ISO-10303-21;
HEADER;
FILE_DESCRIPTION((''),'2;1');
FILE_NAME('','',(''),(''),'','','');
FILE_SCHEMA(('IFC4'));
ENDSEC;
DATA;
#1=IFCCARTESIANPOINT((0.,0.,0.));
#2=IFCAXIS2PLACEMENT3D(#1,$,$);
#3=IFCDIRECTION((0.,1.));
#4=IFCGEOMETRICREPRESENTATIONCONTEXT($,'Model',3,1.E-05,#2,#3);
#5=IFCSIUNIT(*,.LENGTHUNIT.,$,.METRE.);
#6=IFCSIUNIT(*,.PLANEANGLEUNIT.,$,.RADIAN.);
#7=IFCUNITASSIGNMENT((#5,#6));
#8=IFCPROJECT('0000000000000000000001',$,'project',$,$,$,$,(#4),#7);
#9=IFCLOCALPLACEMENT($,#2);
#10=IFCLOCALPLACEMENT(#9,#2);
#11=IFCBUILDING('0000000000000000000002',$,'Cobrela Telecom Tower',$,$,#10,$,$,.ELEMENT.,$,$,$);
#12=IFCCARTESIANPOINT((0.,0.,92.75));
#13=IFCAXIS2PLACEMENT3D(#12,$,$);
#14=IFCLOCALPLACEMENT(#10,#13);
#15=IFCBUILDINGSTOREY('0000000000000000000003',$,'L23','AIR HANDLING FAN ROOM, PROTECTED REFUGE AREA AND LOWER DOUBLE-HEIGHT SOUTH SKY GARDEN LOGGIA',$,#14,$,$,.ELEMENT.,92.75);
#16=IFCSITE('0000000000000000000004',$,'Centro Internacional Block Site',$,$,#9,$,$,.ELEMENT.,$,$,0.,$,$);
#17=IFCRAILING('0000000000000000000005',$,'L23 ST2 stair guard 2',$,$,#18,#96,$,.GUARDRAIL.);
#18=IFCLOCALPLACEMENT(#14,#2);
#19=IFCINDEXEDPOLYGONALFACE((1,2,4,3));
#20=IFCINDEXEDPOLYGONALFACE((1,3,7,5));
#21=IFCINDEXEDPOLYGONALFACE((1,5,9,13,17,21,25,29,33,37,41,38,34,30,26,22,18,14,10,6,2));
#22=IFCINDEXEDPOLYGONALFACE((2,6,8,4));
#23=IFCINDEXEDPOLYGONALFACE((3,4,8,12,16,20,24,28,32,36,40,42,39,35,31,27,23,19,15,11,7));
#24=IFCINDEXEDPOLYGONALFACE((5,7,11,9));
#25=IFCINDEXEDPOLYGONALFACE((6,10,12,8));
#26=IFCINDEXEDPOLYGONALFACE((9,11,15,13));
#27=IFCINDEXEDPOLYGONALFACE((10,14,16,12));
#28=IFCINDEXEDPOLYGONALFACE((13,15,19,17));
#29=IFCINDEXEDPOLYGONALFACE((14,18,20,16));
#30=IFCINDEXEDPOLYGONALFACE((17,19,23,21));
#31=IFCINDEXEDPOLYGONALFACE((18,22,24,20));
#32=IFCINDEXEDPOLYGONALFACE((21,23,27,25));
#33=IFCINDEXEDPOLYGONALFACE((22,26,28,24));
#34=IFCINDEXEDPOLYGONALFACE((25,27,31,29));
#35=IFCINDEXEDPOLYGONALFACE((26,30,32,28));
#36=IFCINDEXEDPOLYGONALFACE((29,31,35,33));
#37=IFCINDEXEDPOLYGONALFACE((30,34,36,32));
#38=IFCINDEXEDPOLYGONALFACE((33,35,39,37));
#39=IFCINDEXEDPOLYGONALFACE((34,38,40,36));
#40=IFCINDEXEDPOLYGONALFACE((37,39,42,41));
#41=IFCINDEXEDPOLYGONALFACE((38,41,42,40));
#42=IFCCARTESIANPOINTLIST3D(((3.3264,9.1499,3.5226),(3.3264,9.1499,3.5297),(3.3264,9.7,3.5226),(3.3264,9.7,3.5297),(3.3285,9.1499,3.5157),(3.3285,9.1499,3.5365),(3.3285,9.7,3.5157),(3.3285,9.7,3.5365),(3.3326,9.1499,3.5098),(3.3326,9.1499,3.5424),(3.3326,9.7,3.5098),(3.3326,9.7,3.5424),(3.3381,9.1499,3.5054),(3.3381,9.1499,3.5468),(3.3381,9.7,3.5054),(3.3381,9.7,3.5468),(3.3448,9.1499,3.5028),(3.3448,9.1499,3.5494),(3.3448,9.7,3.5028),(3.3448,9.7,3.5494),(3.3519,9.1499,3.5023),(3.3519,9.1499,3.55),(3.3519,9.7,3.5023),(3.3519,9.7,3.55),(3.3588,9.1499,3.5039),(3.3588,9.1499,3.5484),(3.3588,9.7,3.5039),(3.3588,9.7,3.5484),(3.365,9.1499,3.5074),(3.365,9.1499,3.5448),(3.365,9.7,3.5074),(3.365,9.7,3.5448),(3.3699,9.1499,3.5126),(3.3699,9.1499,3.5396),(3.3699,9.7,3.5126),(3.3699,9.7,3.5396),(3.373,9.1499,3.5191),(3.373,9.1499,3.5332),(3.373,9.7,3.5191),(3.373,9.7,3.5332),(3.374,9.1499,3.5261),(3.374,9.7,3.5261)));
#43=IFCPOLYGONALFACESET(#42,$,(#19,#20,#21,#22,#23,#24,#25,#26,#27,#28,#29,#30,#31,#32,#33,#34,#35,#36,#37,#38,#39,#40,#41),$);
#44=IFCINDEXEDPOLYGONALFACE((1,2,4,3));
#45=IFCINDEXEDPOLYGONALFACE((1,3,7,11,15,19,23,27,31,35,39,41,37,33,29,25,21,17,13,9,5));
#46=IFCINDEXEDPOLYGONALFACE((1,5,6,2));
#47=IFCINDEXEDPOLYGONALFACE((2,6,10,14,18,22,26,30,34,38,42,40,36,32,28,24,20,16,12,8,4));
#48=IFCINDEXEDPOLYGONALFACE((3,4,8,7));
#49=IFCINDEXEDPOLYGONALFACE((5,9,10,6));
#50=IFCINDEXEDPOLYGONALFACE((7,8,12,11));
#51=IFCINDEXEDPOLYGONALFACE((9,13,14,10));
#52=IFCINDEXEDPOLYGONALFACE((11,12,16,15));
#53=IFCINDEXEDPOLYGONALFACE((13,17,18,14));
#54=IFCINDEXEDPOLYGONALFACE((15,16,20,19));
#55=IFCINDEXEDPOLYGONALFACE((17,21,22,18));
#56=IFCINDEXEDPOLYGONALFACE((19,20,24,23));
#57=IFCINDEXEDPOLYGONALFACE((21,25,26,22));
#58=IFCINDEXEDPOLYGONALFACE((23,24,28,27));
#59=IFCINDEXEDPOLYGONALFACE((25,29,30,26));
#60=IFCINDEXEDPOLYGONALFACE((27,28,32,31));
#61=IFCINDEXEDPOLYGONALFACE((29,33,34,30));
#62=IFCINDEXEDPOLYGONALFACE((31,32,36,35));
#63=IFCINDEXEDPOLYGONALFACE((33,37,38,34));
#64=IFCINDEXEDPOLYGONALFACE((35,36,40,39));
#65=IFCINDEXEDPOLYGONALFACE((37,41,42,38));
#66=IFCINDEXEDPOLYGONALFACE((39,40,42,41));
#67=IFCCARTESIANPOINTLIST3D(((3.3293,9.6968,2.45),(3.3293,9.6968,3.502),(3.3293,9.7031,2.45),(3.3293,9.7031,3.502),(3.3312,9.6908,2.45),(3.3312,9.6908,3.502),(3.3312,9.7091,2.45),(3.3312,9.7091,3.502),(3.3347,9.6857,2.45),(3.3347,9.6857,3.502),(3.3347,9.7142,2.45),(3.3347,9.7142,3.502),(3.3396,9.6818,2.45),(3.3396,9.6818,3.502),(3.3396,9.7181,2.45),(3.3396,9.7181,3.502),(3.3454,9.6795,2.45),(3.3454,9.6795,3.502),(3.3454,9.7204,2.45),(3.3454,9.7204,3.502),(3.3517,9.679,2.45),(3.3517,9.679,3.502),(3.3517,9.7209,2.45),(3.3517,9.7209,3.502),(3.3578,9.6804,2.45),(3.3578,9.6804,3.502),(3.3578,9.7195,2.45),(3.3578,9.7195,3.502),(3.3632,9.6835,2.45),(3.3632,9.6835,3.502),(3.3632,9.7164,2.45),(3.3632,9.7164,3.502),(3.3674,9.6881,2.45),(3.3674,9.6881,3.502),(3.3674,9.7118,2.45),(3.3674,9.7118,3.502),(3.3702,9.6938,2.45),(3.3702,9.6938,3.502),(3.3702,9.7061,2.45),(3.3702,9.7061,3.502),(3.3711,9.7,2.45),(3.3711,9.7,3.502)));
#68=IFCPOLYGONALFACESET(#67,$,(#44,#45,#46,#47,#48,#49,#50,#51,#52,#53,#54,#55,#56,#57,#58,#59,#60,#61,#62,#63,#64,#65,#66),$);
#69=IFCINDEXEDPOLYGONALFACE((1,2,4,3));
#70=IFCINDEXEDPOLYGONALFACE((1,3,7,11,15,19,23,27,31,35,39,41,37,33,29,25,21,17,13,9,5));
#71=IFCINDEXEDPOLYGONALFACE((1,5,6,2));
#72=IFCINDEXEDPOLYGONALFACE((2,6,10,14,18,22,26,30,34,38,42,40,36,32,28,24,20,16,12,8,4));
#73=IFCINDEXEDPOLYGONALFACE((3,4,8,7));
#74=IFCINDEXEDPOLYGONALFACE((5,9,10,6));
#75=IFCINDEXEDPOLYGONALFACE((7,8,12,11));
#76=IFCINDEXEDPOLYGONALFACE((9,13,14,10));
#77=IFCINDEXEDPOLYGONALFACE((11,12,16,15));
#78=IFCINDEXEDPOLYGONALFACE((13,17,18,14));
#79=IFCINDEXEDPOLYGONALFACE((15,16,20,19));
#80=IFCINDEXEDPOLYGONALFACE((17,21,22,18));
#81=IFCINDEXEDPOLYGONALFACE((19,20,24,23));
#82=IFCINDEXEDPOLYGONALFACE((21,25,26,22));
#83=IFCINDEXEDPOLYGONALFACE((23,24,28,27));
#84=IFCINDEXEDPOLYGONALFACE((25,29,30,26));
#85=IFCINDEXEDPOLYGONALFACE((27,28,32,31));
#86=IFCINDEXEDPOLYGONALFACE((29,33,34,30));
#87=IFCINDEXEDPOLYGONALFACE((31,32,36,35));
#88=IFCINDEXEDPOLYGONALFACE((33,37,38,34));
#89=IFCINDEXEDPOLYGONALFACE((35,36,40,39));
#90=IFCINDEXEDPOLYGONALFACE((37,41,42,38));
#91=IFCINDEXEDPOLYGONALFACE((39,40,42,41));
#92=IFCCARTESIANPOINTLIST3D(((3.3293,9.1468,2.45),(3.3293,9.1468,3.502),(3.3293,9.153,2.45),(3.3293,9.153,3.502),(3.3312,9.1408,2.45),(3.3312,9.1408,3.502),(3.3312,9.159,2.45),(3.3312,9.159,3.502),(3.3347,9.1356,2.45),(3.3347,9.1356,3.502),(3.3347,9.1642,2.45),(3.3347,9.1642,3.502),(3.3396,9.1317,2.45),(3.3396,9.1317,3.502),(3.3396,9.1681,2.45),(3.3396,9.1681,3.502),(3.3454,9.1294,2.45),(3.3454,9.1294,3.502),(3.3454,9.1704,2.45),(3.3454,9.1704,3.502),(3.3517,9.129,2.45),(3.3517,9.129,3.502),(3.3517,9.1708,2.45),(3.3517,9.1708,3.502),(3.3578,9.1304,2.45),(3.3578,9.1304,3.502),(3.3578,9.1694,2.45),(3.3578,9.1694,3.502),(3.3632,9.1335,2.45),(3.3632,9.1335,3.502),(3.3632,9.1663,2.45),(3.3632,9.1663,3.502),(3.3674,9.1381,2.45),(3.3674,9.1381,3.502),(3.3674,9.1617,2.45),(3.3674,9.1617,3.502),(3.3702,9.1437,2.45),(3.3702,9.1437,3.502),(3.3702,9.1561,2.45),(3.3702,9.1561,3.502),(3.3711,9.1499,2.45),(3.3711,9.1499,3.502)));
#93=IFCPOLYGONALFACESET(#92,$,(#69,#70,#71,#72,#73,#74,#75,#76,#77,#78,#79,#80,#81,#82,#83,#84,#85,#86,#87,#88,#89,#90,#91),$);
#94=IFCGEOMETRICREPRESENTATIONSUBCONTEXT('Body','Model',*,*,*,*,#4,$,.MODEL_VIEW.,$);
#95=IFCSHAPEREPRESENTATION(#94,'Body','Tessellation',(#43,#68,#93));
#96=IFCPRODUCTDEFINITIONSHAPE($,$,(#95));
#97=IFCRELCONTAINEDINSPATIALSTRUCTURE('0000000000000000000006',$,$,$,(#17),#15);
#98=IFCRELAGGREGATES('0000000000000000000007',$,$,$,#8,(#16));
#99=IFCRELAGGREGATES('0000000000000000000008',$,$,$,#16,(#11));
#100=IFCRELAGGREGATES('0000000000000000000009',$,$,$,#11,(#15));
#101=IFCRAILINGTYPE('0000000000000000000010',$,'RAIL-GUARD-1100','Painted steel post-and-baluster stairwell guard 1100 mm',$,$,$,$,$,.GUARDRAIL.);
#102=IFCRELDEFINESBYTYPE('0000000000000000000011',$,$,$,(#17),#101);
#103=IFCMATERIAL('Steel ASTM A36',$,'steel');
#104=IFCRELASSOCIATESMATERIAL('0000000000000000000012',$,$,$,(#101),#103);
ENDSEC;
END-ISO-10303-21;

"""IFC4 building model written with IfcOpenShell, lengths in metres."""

from ifc_helpers import new_model, si_unit, direction, frame, origin, origin_2d, place, context, subcontext, project, spatial, circle, extrude, material, type_object, element, save


model = new_model("IFC4")

# Units and contexts
model_context = context("Model", 3, precision=1e-05, world=origin(), true_north=direction((0.0, 1.0)))
body_context = subcontext(model_context, "Body", "Model", "MODEL_VIEW")
ifc_project = project(units=[si_unit("LENGTHUNIT", "METRE"), si_unit("PLANEANGLEUNIT", "RADIAN")], contexts=[model_context])

# Site, building, storey
site_placement = place(None, origin())
site = spatial("IfcSite", under=ifc_project, at=site_placement, Name="Centro Internacional Block Site", CompositionType="ELEMENT", RefElevation=0.0)
building_placement = place(site_placement, origin())
building = spatial("IfcBuilding", under=site, at=building_placement, Name="Cobrela Telecom Tower", CompositionType="ELEMENT")
storey_placement = place(building_placement, frame((0.0, 0.0, 92.75)))
storey = spatial("IfcBuildingStorey", under=building, at=storey_placement, Name="L23", Description="AIR HANDLING FAN ROOM, PROTECTED REFUGE AREA AND LOWER DOUBLE-HEIGHT SOUTH SKY GARDEN LOGGIA", CompositionType="ELEMENT", Elevation=92.75)

# Railing
ifc_material_1 = material(Name="Steel ASTM A36", Category="steel")
railing_type_1 = type_object("IfcRailingType", Name="RAIL-GUARD-1100", Description="Painted steel post-and-baluster stairwell guard 1100 mm", PredefinedType="GUARDRAIL", material=ifc_material_1)
railing_1_placement = place(storey_placement, frame((3.3501, 9.7, 2.45)))
element("IfcRailing", 1, at=railing_1_placement, inside=storey, type_object=railing_type_1, Name="L23 ST2 stair guard 2", PredefinedType="GUARDRAIL", context=body_context, shape_type="SweptSolid", body=[
    extrude(circle(Radius=0.0239, at=origin_2d()), frame((0.0, 0.0, 1.0762), z_axis=(0.0, -1.0, 0.0), x_axis=(1.0, 0.0, 0.0)), (0.0, 0.0, 1.0), 0.55),
    extrude(circle(Radius=0.021, at=origin_2d()), origin(), (0.0, 0.0, 1.0), 1.052),
    extrude(circle(Radius=0.021, at=origin_2d()), frame((0.0, -0.55, 0.0)), (0.0, 0.0, 1.0), 1.052),
])

save(model, "model.ifc")
